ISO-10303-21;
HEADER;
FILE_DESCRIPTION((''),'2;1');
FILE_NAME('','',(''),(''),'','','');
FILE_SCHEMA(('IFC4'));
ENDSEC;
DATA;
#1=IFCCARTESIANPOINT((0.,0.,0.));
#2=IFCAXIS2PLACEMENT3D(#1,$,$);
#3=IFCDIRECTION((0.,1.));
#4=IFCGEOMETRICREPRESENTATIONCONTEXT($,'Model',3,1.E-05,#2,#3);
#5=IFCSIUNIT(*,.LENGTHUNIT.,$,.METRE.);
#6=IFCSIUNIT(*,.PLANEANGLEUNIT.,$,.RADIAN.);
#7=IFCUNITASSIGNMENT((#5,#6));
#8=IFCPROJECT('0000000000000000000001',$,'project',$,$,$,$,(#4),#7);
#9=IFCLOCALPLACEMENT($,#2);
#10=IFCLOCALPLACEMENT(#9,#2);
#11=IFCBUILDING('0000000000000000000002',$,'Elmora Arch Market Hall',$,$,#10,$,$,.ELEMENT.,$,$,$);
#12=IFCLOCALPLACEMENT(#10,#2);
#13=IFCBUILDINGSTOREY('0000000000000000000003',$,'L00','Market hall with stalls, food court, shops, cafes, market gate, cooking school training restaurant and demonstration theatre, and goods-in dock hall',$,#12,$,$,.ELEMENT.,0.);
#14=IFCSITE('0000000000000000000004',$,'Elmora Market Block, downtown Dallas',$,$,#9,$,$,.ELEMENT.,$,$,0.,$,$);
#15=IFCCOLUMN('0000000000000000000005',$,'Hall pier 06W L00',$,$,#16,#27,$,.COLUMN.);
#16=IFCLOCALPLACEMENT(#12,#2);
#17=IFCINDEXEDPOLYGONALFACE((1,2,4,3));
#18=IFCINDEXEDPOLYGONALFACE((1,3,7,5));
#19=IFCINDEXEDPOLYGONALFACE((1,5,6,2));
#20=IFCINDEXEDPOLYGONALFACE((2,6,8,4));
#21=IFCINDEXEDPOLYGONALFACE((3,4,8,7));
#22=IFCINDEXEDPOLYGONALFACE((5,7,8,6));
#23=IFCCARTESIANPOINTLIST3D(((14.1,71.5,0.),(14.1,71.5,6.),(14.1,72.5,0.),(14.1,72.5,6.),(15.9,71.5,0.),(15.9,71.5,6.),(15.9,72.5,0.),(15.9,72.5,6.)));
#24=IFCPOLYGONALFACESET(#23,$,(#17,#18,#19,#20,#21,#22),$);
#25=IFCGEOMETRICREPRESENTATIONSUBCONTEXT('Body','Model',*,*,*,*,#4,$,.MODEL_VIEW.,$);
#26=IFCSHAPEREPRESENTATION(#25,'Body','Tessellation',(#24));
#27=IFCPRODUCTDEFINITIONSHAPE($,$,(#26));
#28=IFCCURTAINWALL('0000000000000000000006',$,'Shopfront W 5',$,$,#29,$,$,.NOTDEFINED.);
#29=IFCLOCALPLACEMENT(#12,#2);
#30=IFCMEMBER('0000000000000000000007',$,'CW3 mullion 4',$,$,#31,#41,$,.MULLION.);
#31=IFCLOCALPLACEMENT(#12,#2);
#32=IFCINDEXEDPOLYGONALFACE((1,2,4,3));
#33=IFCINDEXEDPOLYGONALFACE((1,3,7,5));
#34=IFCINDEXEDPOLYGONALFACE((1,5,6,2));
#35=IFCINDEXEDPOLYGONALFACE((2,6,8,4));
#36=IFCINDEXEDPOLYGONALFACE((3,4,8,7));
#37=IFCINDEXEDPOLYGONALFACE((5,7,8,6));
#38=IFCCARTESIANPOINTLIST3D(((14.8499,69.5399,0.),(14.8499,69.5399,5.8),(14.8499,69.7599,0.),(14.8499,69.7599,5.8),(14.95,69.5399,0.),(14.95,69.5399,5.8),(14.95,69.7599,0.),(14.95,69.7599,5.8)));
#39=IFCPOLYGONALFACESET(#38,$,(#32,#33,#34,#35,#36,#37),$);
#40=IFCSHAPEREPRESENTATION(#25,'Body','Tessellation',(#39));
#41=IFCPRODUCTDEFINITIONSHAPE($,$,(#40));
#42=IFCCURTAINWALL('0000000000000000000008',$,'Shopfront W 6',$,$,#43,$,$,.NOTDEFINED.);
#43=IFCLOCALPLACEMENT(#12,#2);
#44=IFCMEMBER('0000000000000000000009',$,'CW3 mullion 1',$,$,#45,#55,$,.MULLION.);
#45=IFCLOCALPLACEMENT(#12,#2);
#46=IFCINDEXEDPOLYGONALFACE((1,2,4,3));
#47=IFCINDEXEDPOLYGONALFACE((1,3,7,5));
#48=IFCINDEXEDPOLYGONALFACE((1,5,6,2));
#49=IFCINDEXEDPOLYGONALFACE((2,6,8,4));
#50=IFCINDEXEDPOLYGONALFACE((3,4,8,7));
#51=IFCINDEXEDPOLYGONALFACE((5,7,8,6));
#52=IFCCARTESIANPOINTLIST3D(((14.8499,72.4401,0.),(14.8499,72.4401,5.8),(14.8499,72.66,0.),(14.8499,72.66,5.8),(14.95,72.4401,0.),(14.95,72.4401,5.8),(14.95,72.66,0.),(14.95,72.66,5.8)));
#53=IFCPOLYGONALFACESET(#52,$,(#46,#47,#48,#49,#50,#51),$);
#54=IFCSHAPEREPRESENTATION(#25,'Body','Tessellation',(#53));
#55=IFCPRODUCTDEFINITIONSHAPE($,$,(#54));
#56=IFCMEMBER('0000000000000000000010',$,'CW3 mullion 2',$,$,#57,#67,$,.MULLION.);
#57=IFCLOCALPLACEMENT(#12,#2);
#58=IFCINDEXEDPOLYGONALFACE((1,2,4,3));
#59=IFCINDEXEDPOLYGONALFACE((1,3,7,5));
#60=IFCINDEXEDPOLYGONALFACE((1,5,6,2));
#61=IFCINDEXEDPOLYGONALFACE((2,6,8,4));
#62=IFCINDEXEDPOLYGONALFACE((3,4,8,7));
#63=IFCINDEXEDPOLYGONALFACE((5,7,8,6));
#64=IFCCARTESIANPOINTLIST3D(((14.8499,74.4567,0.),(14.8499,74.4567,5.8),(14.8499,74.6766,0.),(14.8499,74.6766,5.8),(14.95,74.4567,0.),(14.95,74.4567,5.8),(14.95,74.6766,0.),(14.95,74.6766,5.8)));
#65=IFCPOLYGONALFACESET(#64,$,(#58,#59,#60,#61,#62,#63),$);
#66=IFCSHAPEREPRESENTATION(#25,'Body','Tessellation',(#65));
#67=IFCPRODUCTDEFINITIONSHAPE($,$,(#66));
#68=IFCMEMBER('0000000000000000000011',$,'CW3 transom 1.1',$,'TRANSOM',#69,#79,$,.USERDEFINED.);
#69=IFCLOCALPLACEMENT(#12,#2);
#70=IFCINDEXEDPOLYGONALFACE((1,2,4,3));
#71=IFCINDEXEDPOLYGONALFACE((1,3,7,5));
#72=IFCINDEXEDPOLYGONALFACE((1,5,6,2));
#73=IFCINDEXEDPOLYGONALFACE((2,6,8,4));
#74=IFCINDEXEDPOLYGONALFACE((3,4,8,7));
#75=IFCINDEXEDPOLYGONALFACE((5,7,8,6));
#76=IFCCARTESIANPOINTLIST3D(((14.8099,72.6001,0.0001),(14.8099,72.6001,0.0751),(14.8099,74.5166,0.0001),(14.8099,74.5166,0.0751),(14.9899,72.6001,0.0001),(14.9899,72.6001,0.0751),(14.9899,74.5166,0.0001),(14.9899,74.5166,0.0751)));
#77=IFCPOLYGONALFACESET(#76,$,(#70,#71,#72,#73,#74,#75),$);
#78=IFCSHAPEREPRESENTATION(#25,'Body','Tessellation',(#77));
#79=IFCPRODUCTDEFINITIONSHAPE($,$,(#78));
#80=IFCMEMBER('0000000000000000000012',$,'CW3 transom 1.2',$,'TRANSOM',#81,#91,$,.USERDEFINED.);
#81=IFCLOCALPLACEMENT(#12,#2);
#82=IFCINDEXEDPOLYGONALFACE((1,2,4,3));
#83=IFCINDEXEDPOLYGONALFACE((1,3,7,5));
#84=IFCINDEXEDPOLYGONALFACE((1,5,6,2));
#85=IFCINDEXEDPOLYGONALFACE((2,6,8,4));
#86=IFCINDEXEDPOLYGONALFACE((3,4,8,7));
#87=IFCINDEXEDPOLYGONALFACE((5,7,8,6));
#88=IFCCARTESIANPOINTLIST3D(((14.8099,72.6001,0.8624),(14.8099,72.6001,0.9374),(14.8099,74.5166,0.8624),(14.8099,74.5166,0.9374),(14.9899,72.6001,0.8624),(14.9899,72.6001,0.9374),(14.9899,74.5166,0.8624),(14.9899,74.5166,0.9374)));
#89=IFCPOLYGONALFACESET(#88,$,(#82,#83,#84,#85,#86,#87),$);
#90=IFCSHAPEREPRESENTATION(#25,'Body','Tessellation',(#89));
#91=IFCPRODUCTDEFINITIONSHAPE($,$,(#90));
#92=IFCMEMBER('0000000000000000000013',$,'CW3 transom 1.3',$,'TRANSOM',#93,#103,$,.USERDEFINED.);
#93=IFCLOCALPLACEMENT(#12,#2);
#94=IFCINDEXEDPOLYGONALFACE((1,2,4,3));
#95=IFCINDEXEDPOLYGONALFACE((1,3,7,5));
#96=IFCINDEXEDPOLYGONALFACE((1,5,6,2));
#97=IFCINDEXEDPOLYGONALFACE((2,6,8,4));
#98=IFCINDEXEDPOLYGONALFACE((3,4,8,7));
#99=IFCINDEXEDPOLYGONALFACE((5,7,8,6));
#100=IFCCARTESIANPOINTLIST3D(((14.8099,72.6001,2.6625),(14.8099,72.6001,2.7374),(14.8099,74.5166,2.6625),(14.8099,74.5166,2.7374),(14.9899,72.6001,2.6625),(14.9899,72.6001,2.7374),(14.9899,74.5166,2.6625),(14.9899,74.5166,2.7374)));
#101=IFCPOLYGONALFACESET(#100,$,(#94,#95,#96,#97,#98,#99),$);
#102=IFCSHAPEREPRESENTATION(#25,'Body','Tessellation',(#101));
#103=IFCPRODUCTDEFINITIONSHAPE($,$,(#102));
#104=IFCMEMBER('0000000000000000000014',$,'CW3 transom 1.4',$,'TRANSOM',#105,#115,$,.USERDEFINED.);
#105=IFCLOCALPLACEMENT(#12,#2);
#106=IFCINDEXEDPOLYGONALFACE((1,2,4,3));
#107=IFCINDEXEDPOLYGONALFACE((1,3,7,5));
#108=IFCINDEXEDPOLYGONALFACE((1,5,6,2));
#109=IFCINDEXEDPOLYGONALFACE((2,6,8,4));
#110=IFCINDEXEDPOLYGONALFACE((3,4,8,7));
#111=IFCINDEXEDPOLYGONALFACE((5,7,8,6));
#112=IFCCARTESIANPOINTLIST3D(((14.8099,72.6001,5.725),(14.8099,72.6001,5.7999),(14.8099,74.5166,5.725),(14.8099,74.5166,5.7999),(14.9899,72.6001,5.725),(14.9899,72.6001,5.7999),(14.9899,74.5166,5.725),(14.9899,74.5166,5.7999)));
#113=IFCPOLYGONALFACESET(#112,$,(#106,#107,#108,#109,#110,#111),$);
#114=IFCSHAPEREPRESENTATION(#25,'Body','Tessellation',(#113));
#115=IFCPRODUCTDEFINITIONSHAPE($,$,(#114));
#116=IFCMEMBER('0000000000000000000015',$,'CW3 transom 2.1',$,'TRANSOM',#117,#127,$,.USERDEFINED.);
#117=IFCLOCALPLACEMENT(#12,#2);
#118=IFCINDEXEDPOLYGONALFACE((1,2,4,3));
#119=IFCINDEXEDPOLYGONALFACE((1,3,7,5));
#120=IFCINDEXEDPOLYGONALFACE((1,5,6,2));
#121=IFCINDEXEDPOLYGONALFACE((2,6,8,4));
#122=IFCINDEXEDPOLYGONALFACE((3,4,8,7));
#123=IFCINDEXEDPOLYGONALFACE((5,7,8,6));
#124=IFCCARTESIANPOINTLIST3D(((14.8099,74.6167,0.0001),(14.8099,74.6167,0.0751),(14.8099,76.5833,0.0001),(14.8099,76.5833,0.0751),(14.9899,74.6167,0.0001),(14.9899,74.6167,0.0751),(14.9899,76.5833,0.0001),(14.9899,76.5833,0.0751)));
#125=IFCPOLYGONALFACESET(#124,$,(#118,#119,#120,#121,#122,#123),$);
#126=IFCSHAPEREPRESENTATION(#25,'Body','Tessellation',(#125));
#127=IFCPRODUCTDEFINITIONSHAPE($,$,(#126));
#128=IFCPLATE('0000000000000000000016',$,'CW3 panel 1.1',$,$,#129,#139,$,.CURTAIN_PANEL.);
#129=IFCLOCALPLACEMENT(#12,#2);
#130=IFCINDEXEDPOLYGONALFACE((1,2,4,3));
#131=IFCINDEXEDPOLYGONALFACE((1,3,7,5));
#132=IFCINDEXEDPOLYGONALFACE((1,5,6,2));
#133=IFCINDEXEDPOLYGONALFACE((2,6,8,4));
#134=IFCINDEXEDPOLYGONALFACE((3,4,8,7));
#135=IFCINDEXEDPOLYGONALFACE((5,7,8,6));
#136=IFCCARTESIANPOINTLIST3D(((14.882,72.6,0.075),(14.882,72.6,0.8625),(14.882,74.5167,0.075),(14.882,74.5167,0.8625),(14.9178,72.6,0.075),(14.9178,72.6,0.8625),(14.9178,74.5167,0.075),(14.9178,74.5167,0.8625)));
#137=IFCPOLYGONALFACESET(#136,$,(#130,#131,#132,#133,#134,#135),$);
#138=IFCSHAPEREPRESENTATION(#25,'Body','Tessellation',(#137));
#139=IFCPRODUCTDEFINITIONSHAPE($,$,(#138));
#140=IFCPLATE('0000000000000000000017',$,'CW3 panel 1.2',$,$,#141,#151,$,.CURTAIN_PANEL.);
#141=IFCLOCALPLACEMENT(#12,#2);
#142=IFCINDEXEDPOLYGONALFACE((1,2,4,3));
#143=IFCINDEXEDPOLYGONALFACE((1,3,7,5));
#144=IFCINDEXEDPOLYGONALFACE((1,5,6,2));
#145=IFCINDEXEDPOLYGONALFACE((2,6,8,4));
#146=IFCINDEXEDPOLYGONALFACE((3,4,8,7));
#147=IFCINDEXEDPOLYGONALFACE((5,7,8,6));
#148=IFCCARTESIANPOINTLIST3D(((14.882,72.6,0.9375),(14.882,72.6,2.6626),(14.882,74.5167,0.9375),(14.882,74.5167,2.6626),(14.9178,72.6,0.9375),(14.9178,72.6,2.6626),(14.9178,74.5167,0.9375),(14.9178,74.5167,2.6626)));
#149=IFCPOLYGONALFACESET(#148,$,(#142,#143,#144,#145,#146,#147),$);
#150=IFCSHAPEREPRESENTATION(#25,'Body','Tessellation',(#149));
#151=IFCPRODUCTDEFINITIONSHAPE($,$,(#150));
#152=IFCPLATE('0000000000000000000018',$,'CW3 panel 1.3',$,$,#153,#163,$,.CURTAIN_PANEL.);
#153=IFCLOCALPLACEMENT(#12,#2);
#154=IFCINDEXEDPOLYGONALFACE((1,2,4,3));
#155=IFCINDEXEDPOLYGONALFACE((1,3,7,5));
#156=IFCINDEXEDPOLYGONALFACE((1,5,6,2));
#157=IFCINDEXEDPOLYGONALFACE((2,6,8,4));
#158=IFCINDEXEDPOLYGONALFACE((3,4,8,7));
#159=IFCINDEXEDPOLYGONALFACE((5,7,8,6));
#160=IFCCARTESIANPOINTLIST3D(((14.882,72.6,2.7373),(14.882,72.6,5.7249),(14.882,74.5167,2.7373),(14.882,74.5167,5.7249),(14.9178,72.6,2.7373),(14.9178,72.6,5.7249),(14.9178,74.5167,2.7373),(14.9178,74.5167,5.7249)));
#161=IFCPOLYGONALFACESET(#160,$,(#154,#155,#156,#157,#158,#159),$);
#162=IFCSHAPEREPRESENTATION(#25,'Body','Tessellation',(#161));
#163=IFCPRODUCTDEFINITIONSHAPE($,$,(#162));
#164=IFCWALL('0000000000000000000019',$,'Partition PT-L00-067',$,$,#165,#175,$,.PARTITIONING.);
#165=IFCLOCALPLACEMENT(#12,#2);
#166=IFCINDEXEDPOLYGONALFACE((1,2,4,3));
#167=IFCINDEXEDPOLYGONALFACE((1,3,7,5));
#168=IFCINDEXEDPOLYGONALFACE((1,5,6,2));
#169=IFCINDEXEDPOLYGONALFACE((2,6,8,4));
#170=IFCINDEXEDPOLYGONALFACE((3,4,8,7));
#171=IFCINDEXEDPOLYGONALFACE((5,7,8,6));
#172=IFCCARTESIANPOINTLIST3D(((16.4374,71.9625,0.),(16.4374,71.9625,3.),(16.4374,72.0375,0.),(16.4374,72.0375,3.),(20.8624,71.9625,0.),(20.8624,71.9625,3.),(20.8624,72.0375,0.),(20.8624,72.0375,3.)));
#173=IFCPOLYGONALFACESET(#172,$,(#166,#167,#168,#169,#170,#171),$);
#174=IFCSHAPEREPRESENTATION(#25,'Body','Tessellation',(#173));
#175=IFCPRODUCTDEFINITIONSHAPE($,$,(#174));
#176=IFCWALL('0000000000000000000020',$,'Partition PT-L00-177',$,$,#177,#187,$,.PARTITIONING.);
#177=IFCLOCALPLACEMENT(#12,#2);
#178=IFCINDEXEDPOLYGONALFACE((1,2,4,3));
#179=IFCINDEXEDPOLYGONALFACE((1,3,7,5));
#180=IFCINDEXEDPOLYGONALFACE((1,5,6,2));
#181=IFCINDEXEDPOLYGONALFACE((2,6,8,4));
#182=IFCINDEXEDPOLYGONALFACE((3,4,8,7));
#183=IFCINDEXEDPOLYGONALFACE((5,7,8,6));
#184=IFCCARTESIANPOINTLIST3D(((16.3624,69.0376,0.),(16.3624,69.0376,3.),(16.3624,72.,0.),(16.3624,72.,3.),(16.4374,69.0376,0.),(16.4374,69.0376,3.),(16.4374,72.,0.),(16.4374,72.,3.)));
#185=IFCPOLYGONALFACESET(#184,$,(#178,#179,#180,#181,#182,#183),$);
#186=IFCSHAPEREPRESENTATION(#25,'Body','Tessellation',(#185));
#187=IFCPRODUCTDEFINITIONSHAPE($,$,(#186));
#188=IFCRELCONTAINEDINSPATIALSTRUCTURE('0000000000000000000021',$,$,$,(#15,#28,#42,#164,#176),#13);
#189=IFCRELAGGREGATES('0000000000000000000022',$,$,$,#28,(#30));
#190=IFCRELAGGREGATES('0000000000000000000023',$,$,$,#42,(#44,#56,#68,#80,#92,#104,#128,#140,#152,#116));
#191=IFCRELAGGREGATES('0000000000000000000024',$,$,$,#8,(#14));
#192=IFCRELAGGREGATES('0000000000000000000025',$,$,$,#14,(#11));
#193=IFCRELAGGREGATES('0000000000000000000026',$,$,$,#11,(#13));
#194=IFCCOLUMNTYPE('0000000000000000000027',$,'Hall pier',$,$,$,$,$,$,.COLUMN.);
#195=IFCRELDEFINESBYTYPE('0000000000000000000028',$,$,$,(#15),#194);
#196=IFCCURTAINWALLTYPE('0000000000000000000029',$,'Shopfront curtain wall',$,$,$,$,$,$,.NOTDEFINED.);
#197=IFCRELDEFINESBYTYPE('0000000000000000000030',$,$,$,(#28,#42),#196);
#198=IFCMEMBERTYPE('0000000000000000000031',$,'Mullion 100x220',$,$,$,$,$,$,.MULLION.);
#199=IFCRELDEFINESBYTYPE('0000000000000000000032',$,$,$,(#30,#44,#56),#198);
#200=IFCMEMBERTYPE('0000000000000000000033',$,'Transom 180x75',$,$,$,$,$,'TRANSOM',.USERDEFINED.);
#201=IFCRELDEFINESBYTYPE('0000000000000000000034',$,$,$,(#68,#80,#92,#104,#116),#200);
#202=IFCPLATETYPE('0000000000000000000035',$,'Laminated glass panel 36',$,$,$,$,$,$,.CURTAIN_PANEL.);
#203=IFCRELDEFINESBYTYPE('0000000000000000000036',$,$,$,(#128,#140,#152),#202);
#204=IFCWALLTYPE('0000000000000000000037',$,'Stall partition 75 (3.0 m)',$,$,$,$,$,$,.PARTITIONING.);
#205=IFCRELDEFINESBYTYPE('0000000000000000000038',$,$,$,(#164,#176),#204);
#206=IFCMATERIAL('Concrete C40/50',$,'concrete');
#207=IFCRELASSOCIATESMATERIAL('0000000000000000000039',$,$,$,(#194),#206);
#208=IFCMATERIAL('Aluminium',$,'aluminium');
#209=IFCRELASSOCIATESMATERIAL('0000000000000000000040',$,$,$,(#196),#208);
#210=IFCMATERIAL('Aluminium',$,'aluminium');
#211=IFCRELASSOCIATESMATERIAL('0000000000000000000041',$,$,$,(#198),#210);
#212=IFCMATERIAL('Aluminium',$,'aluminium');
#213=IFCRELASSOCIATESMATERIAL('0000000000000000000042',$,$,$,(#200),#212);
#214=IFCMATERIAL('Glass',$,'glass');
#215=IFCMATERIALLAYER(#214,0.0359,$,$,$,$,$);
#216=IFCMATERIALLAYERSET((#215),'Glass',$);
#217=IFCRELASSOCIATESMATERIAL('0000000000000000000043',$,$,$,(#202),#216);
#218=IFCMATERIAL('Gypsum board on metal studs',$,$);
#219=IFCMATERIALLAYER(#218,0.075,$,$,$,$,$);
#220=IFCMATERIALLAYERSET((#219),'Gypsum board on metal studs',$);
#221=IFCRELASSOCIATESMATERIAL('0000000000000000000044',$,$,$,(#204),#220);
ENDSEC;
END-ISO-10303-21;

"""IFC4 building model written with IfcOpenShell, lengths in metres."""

from ifc_helpers import new_model, si_unit, direction, frame, frame_2d, origin, origin_2d, place, context, subcontext, project, spatial, rectangle, extrude, material, layer, layer_set, material_profile, profile_set, type_object, element, aggregate, save


model = new_model("IFC4")

# Units and contexts
model_context = context("Model", 3, precision=1e-05, world=origin(), true_north=direction((0.0, 1.0)))
body_context = subcontext(model_context, "Body", "Model", "MODEL_VIEW")
ifc_project = project(units=[si_unit("LENGTHUNIT", "METRE"), si_unit("PLANEANGLEUNIT", "RADIAN")], contexts=[model_context])

# Site, building, storey
site_placement = place(None, origin())
site = spatial("IfcSite", under=ifc_project, at=site_placement, Name="Elmora Market Block, downtown Dallas", CompositionType="ELEMENT", RefElevation=0.0)
building_placement = place(site_placement, origin())
building = spatial("IfcBuilding", under=site, at=building_placement, Name="Elmora Arch Market Hall", CompositionType="ELEMENT")
storey_placement = place(building_placement, origin())
storey = spatial("IfcBuildingStorey", under=building, at=storey_placement, Name="L00", Description="Market hall with stalls, food court, shops, cafes, market gate, cooking school training restaurant and demonstration theatre, and goods-in dock hall", CompositionType="ELEMENT", Elevation=0.0)

# Column
ifc_material_1 = material(Name="Concrete C40/50", Category="concrete")
ifc_material_profile_1 = material_profile(ifc_material_1, rectangle(XDim=1.8, YDim=1.0, at=origin_2d()), Name="Hall pier")
ifc_profile_set_1 = profile_set([ifc_material_profile_1], Name="Concrete C40/50")
column_type = type_object("IfcColumnType", Name="Hall pier", PredefinedType="COLUMN", material=ifc_profile_set_1)
column_placement = place(storey_placement, frame((15.0, 72.0, 0.0), z_axis=(0.0, 0.0, 1.0), x_axis=(1.0, 0.0, 0.0)))
element("IfcColumn", 1, at=column_placement, inside=storey, type_object=column_type, Name="Hall pier 06W L00", PredefinedType="COLUMN", context=body_context, shape_type="SweptSolid", body=[
    extrude(rectangle(XDim=1.8, YDim=1.0, at=origin_2d()), origin(), (0.0, 0.0, 1.0), 6.0),
])

# Curtain wall, member
ifc_material_2 = material(Name="Aluminium", Category="aluminium")
curtain_wall_type = type_object("IfcCurtainWallType", Name="Shopfront curtain wall", PredefinedType="NOTDEFINED", material=ifc_material_2)
curtain_wall_1_placement = place(storey_placement, origin())
curtain_wall_1 = element("IfcCurtainWall", 2, at=curtain_wall_1_placement, inside=storey, type_object=curtain_wall_type, Name="Shopfront W 5", PredefinedType="NOTDEFINED")
ifc_material_3 = material(Name="Aluminium", Category="aluminium")
ifc_material_profile_2 = material_profile(ifc_material_3, rectangle(XDim=0.1001, YDim=0.22, at=origin_2d()), Name="AL 100x220")
ifc_profile_set_2 = profile_set([ifc_material_profile_2], Name="Aluminium")
member_type_1 = type_object("IfcMemberType", Name="Mullion 100x220", PredefinedType="MULLION", material=ifc_profile_set_2)
member_1_placement = place(storey_placement, frame((14.8999, 69.6499, 0.0), z_axis=(0.0, 0.0, 1.0), x_axis=(-1.0, 0.0, 0.0)))
member_1 = element("IfcMember", 3, at=member_1_placement, type_object=member_type_1, Name="CW3 mullion 4", PredefinedType="MULLION", context=body_context, shape_type="SweptSolid", body=[
    extrude(rectangle(XDim=0.1001, YDim=0.22, at=origin_2d()), origin(), (0.0, 0.0, 1.0), 5.8),
])
aggregate(curtain_wall_1, [member_1])

# Curtain wall, members, plates
curtain_wall_2_placement = place(storey_placement, origin())
curtain_wall_2 = element("IfcCurtainWall", 4, at=curtain_wall_2_placement, inside=storey, type_object=curtain_wall_type, Name="Shopfront W 6", PredefinedType="NOTDEFINED")
member_2_placement = place(storey_placement, frame((14.8999, 72.55, 0.0), z_axis=(0.0, 0.0, 1.0), x_axis=(-1.0, 0.0, 0.0)))
member_2 = element("IfcMember", 5, at=member_2_placement, type_object=member_type_1, Name="CW3 mullion 1", PredefinedType="MULLION", context=body_context, shape_type="SweptSolid", body=[
    extrude(rectangle(XDim=0.1001, YDim=0.22, at=origin_2d()), origin(), (0.0, 0.0, 1.0), 5.8),
])
member_3_placement = place(storey_placement, frame((14.8999, 74.5667, 0.0), z_axis=(0.0, 0.0, 1.0), x_axis=(-1.0, 0.0, 0.0)))
member_3 = element("IfcMember", 6, at=member_3_placement, type_object=member_type_1, Name="CW3 mullion 2", PredefinedType="MULLION", context=body_context, shape_type="SweptSolid", body=[
    extrude(rectangle(XDim=0.1001, YDim=0.22, at=origin_2d()), origin(), (0.0, 0.0, 1.0), 5.8),
])
ifc_material_4 = material(Name="Aluminium", Category="aluminium")
ifc_material_profile_3 = material_profile(ifc_material_4, rectangle(XDim=0.1799, YDim=0.075, at=origin_2d()), Name="AL 180x75")
ifc_profile_set_3 = profile_set([ifc_material_profile_3], Name="Aluminium")
member_type_2 = type_object("IfcMemberType", Name="Transom 180x75", ElementType="TRANSOM", PredefinedType="USERDEFINED", material=ifc_profile_set_3)
member_4_placement = place(storey_placement, frame((14.8999, 72.6001, 0.0376), z_axis=(0.0, 1.0, 0.0), x_axis=(-1.0, 0.0, 0.0)))
member_4 = element("IfcMember", 7, at=member_4_placement, type_object=member_type_2, Name="CW3 transom 1.1", ObjectType="TRANSOM", PredefinedType="USERDEFINED", context=body_context, shape_type="SweptSolid", body=[
    extrude(rectangle(XDim=0.1799, YDim=0.075, at=origin_2d()), origin(), (0.0, 0.0, 1.0), 1.9165),
])
member_5_placement = place(storey_placement, frame((14.8999, 72.6001, 0.8999), z_axis=(0.0, 1.0, 0.0), x_axis=(-1.0, 0.0, 0.0)))
member_5 = element("IfcMember", 8, at=member_5_placement, type_object=member_type_2, Name="CW3 transom 1.2", ObjectType="TRANSOM", PredefinedType="USERDEFINED", context=body_context, shape_type="SweptSolid", body=[
    extrude(rectangle(XDim=0.1799, YDim=0.075, at=origin_2d()), origin(), (0.0, 0.0, 1.0), 1.9165),
])
member_6_placement = place(storey_placement, frame((14.8999, 72.6001, 2.7), z_axis=(0.0, 1.0, 0.0), x_axis=(-1.0, 0.0, 0.0)))
member_6 = element("IfcMember", 9, at=member_6_placement, type_object=member_type_2, Name="CW3 transom 1.3", ObjectType="TRANSOM", PredefinedType="USERDEFINED", context=body_context, shape_type="SweptSolid", body=[
    extrude(rectangle(XDim=0.1799, YDim=0.075, at=origin_2d()), origin(), (0.0, 0.0, 1.0), 1.9165),
])
member_7_placement = place(storey_placement, frame((14.8999, 72.6001, 5.7625), z_axis=(0.0, 1.0, 0.0), x_axis=(-1.0, 0.0, 0.0)))
member_7 = element("IfcMember", 10, at=member_7_placement, type_object=member_type_2, Name="CW3 transom 1.4", ObjectType="TRANSOM", PredefinedType="USERDEFINED", context=body_context, shape_type="SweptSolid", body=[
    extrude(rectangle(XDim=0.1799, YDim=0.075, at=origin_2d()), origin(), (0.0, 0.0, 1.0), 1.9165),
])
member_8_placement = place(storey_placement, frame((14.8999, 74.6167, 0.0376), z_axis=(0.0, 1.0, 0.0), x_axis=(-1.0, 0.0, 0.0)))
member_8 = element("IfcMember", 11, at=member_8_placement, type_object=member_type_2, Name="CW3 transom 2.1", ObjectType="TRANSOM", PredefinedType="USERDEFINED", context=body_context, shape_type="SweptSolid", body=[
    extrude(rectangle(XDim=0.1799, YDim=0.075, at=origin_2d()), origin(), (0.0, 0.0, 1.0), 1.9666),
])
ifc_material_5 = material(Name="Glass", Category="glass")
ifc_layer_1 = layer(ifc_material_5, 0.0359)
ifc_layer_set_1 = layer_set([ifc_layer_1], Name="Glass")
plate_type = type_object("IfcPlateType", Name="Laminated glass panel 36", PredefinedType="CURTAIN_PANEL", material=ifc_layer_set_1)
plate_1_placement = place(storey_placement, frame((14.8999, 73.5583, 0.075), z_axis=(0.0, 0.0, 1.0), x_axis=(0.0, 1.0, 0.0)))
plate_1 = element("IfcPlate", 12, at=plate_1_placement, type_object=plate_type, Name="CW3 panel 1.1", PredefinedType="CURTAIN_PANEL", context=body_context, shape_type="SweptSolid", body=[
    extrude(rectangle(XDim=1.9167, YDim=0.0359, at=origin_2d()), origin(), (0.0, 0.0, 1.0), 0.7876),
])
plate_2_placement = place(storey_placement, frame((14.8999, 73.5583, 0.9375), z_axis=(0.0, 0.0, 1.0), x_axis=(0.0, 1.0, 0.0)))
plate_2 = element("IfcPlate", 13, at=plate_2_placement, type_object=plate_type, Name="CW3 panel 1.2", PredefinedType="CURTAIN_PANEL", context=body_context, shape_type="SweptSolid", body=[
    extrude(rectangle(XDim=1.9167, YDim=0.0359, at=origin_2d()), origin(), (0.0, 0.0, 1.0), 1.7251),
])
plate_3_placement = place(storey_placement, frame((14.8999, 73.5583, 2.7373), z_axis=(0.0, 0.0, 1.0), x_axis=(0.0, 1.0, 0.0)))
plate_3 = element("IfcPlate", 14, at=plate_3_placement, type_object=plate_type, Name="CW3 panel 1.3", PredefinedType="CURTAIN_PANEL", context=body_context, shape_type="SweptSolid", body=[
    extrude(rectangle(XDim=1.9167, YDim=0.0359, at=origin_2d()), origin(), (0.0, 0.0, 1.0), 2.9875),
])
aggregate(curtain_wall_2, [member_2, member_3, member_4, member_5, member_6, member_7, plate_1, plate_2, plate_3, member_8])

# Walls
ifc_material_6 = material(Name="Gypsum board on metal studs")
ifc_layer_2 = layer(ifc_material_6, 0.075)
ifc_layer_set_2 = layer_set([ifc_layer_2], Name="Gypsum board on metal studs")
wall_type_1 = type_object("IfcWallType", Name="Stall partition 75 (3.0 m)", PredefinedType="PARTITIONING", material=ifc_layer_set_2)
wall_1_placement = place(storey_placement, frame((16.4375, 72.0, 0.0), z_axis=(0.0, 0.0, 1.0), x_axis=(1.0, 0.0, 0.0)))
element("IfcWall", 15, at=wall_1_placement, inside=storey, type_object=wall_type_1, Name="Partition PT-L00-067", PredefinedType="PARTITIONING", context=body_context, shape_type="SweptSolid", body=[
    extrude(rectangle(XDim=4.425, YDim=0.075, at=frame_2d((2.2124, 0.0))), origin(), (0.0, 0.0, 1.0), 3.0),
])
for number, where, z_axis, x_axis, name in (
    (16, (16.3999, 69.0376, 0.0), (0.0, 0.0, 1.0), (0.0, 1.0, 0.0), "Partition PT-L00-177"),
):
    element("IfcWall", number, at=place(storey_placement, frame(where, z_axis=z_axis, x_axis=x_axis)), inside=storey, type_object=wall_type_1, Name=name, PredefinedType="PARTITIONING", context=body_context, shape_type="SweptSolid", body=[
        extrude(rectangle(XDim=2.9624, YDim=0.075, at=frame_2d((1.4812, 0.0))), origin(), (0.0, 0.0, 1.0), 3.0),
    ])

save(model, "model.ifc")
